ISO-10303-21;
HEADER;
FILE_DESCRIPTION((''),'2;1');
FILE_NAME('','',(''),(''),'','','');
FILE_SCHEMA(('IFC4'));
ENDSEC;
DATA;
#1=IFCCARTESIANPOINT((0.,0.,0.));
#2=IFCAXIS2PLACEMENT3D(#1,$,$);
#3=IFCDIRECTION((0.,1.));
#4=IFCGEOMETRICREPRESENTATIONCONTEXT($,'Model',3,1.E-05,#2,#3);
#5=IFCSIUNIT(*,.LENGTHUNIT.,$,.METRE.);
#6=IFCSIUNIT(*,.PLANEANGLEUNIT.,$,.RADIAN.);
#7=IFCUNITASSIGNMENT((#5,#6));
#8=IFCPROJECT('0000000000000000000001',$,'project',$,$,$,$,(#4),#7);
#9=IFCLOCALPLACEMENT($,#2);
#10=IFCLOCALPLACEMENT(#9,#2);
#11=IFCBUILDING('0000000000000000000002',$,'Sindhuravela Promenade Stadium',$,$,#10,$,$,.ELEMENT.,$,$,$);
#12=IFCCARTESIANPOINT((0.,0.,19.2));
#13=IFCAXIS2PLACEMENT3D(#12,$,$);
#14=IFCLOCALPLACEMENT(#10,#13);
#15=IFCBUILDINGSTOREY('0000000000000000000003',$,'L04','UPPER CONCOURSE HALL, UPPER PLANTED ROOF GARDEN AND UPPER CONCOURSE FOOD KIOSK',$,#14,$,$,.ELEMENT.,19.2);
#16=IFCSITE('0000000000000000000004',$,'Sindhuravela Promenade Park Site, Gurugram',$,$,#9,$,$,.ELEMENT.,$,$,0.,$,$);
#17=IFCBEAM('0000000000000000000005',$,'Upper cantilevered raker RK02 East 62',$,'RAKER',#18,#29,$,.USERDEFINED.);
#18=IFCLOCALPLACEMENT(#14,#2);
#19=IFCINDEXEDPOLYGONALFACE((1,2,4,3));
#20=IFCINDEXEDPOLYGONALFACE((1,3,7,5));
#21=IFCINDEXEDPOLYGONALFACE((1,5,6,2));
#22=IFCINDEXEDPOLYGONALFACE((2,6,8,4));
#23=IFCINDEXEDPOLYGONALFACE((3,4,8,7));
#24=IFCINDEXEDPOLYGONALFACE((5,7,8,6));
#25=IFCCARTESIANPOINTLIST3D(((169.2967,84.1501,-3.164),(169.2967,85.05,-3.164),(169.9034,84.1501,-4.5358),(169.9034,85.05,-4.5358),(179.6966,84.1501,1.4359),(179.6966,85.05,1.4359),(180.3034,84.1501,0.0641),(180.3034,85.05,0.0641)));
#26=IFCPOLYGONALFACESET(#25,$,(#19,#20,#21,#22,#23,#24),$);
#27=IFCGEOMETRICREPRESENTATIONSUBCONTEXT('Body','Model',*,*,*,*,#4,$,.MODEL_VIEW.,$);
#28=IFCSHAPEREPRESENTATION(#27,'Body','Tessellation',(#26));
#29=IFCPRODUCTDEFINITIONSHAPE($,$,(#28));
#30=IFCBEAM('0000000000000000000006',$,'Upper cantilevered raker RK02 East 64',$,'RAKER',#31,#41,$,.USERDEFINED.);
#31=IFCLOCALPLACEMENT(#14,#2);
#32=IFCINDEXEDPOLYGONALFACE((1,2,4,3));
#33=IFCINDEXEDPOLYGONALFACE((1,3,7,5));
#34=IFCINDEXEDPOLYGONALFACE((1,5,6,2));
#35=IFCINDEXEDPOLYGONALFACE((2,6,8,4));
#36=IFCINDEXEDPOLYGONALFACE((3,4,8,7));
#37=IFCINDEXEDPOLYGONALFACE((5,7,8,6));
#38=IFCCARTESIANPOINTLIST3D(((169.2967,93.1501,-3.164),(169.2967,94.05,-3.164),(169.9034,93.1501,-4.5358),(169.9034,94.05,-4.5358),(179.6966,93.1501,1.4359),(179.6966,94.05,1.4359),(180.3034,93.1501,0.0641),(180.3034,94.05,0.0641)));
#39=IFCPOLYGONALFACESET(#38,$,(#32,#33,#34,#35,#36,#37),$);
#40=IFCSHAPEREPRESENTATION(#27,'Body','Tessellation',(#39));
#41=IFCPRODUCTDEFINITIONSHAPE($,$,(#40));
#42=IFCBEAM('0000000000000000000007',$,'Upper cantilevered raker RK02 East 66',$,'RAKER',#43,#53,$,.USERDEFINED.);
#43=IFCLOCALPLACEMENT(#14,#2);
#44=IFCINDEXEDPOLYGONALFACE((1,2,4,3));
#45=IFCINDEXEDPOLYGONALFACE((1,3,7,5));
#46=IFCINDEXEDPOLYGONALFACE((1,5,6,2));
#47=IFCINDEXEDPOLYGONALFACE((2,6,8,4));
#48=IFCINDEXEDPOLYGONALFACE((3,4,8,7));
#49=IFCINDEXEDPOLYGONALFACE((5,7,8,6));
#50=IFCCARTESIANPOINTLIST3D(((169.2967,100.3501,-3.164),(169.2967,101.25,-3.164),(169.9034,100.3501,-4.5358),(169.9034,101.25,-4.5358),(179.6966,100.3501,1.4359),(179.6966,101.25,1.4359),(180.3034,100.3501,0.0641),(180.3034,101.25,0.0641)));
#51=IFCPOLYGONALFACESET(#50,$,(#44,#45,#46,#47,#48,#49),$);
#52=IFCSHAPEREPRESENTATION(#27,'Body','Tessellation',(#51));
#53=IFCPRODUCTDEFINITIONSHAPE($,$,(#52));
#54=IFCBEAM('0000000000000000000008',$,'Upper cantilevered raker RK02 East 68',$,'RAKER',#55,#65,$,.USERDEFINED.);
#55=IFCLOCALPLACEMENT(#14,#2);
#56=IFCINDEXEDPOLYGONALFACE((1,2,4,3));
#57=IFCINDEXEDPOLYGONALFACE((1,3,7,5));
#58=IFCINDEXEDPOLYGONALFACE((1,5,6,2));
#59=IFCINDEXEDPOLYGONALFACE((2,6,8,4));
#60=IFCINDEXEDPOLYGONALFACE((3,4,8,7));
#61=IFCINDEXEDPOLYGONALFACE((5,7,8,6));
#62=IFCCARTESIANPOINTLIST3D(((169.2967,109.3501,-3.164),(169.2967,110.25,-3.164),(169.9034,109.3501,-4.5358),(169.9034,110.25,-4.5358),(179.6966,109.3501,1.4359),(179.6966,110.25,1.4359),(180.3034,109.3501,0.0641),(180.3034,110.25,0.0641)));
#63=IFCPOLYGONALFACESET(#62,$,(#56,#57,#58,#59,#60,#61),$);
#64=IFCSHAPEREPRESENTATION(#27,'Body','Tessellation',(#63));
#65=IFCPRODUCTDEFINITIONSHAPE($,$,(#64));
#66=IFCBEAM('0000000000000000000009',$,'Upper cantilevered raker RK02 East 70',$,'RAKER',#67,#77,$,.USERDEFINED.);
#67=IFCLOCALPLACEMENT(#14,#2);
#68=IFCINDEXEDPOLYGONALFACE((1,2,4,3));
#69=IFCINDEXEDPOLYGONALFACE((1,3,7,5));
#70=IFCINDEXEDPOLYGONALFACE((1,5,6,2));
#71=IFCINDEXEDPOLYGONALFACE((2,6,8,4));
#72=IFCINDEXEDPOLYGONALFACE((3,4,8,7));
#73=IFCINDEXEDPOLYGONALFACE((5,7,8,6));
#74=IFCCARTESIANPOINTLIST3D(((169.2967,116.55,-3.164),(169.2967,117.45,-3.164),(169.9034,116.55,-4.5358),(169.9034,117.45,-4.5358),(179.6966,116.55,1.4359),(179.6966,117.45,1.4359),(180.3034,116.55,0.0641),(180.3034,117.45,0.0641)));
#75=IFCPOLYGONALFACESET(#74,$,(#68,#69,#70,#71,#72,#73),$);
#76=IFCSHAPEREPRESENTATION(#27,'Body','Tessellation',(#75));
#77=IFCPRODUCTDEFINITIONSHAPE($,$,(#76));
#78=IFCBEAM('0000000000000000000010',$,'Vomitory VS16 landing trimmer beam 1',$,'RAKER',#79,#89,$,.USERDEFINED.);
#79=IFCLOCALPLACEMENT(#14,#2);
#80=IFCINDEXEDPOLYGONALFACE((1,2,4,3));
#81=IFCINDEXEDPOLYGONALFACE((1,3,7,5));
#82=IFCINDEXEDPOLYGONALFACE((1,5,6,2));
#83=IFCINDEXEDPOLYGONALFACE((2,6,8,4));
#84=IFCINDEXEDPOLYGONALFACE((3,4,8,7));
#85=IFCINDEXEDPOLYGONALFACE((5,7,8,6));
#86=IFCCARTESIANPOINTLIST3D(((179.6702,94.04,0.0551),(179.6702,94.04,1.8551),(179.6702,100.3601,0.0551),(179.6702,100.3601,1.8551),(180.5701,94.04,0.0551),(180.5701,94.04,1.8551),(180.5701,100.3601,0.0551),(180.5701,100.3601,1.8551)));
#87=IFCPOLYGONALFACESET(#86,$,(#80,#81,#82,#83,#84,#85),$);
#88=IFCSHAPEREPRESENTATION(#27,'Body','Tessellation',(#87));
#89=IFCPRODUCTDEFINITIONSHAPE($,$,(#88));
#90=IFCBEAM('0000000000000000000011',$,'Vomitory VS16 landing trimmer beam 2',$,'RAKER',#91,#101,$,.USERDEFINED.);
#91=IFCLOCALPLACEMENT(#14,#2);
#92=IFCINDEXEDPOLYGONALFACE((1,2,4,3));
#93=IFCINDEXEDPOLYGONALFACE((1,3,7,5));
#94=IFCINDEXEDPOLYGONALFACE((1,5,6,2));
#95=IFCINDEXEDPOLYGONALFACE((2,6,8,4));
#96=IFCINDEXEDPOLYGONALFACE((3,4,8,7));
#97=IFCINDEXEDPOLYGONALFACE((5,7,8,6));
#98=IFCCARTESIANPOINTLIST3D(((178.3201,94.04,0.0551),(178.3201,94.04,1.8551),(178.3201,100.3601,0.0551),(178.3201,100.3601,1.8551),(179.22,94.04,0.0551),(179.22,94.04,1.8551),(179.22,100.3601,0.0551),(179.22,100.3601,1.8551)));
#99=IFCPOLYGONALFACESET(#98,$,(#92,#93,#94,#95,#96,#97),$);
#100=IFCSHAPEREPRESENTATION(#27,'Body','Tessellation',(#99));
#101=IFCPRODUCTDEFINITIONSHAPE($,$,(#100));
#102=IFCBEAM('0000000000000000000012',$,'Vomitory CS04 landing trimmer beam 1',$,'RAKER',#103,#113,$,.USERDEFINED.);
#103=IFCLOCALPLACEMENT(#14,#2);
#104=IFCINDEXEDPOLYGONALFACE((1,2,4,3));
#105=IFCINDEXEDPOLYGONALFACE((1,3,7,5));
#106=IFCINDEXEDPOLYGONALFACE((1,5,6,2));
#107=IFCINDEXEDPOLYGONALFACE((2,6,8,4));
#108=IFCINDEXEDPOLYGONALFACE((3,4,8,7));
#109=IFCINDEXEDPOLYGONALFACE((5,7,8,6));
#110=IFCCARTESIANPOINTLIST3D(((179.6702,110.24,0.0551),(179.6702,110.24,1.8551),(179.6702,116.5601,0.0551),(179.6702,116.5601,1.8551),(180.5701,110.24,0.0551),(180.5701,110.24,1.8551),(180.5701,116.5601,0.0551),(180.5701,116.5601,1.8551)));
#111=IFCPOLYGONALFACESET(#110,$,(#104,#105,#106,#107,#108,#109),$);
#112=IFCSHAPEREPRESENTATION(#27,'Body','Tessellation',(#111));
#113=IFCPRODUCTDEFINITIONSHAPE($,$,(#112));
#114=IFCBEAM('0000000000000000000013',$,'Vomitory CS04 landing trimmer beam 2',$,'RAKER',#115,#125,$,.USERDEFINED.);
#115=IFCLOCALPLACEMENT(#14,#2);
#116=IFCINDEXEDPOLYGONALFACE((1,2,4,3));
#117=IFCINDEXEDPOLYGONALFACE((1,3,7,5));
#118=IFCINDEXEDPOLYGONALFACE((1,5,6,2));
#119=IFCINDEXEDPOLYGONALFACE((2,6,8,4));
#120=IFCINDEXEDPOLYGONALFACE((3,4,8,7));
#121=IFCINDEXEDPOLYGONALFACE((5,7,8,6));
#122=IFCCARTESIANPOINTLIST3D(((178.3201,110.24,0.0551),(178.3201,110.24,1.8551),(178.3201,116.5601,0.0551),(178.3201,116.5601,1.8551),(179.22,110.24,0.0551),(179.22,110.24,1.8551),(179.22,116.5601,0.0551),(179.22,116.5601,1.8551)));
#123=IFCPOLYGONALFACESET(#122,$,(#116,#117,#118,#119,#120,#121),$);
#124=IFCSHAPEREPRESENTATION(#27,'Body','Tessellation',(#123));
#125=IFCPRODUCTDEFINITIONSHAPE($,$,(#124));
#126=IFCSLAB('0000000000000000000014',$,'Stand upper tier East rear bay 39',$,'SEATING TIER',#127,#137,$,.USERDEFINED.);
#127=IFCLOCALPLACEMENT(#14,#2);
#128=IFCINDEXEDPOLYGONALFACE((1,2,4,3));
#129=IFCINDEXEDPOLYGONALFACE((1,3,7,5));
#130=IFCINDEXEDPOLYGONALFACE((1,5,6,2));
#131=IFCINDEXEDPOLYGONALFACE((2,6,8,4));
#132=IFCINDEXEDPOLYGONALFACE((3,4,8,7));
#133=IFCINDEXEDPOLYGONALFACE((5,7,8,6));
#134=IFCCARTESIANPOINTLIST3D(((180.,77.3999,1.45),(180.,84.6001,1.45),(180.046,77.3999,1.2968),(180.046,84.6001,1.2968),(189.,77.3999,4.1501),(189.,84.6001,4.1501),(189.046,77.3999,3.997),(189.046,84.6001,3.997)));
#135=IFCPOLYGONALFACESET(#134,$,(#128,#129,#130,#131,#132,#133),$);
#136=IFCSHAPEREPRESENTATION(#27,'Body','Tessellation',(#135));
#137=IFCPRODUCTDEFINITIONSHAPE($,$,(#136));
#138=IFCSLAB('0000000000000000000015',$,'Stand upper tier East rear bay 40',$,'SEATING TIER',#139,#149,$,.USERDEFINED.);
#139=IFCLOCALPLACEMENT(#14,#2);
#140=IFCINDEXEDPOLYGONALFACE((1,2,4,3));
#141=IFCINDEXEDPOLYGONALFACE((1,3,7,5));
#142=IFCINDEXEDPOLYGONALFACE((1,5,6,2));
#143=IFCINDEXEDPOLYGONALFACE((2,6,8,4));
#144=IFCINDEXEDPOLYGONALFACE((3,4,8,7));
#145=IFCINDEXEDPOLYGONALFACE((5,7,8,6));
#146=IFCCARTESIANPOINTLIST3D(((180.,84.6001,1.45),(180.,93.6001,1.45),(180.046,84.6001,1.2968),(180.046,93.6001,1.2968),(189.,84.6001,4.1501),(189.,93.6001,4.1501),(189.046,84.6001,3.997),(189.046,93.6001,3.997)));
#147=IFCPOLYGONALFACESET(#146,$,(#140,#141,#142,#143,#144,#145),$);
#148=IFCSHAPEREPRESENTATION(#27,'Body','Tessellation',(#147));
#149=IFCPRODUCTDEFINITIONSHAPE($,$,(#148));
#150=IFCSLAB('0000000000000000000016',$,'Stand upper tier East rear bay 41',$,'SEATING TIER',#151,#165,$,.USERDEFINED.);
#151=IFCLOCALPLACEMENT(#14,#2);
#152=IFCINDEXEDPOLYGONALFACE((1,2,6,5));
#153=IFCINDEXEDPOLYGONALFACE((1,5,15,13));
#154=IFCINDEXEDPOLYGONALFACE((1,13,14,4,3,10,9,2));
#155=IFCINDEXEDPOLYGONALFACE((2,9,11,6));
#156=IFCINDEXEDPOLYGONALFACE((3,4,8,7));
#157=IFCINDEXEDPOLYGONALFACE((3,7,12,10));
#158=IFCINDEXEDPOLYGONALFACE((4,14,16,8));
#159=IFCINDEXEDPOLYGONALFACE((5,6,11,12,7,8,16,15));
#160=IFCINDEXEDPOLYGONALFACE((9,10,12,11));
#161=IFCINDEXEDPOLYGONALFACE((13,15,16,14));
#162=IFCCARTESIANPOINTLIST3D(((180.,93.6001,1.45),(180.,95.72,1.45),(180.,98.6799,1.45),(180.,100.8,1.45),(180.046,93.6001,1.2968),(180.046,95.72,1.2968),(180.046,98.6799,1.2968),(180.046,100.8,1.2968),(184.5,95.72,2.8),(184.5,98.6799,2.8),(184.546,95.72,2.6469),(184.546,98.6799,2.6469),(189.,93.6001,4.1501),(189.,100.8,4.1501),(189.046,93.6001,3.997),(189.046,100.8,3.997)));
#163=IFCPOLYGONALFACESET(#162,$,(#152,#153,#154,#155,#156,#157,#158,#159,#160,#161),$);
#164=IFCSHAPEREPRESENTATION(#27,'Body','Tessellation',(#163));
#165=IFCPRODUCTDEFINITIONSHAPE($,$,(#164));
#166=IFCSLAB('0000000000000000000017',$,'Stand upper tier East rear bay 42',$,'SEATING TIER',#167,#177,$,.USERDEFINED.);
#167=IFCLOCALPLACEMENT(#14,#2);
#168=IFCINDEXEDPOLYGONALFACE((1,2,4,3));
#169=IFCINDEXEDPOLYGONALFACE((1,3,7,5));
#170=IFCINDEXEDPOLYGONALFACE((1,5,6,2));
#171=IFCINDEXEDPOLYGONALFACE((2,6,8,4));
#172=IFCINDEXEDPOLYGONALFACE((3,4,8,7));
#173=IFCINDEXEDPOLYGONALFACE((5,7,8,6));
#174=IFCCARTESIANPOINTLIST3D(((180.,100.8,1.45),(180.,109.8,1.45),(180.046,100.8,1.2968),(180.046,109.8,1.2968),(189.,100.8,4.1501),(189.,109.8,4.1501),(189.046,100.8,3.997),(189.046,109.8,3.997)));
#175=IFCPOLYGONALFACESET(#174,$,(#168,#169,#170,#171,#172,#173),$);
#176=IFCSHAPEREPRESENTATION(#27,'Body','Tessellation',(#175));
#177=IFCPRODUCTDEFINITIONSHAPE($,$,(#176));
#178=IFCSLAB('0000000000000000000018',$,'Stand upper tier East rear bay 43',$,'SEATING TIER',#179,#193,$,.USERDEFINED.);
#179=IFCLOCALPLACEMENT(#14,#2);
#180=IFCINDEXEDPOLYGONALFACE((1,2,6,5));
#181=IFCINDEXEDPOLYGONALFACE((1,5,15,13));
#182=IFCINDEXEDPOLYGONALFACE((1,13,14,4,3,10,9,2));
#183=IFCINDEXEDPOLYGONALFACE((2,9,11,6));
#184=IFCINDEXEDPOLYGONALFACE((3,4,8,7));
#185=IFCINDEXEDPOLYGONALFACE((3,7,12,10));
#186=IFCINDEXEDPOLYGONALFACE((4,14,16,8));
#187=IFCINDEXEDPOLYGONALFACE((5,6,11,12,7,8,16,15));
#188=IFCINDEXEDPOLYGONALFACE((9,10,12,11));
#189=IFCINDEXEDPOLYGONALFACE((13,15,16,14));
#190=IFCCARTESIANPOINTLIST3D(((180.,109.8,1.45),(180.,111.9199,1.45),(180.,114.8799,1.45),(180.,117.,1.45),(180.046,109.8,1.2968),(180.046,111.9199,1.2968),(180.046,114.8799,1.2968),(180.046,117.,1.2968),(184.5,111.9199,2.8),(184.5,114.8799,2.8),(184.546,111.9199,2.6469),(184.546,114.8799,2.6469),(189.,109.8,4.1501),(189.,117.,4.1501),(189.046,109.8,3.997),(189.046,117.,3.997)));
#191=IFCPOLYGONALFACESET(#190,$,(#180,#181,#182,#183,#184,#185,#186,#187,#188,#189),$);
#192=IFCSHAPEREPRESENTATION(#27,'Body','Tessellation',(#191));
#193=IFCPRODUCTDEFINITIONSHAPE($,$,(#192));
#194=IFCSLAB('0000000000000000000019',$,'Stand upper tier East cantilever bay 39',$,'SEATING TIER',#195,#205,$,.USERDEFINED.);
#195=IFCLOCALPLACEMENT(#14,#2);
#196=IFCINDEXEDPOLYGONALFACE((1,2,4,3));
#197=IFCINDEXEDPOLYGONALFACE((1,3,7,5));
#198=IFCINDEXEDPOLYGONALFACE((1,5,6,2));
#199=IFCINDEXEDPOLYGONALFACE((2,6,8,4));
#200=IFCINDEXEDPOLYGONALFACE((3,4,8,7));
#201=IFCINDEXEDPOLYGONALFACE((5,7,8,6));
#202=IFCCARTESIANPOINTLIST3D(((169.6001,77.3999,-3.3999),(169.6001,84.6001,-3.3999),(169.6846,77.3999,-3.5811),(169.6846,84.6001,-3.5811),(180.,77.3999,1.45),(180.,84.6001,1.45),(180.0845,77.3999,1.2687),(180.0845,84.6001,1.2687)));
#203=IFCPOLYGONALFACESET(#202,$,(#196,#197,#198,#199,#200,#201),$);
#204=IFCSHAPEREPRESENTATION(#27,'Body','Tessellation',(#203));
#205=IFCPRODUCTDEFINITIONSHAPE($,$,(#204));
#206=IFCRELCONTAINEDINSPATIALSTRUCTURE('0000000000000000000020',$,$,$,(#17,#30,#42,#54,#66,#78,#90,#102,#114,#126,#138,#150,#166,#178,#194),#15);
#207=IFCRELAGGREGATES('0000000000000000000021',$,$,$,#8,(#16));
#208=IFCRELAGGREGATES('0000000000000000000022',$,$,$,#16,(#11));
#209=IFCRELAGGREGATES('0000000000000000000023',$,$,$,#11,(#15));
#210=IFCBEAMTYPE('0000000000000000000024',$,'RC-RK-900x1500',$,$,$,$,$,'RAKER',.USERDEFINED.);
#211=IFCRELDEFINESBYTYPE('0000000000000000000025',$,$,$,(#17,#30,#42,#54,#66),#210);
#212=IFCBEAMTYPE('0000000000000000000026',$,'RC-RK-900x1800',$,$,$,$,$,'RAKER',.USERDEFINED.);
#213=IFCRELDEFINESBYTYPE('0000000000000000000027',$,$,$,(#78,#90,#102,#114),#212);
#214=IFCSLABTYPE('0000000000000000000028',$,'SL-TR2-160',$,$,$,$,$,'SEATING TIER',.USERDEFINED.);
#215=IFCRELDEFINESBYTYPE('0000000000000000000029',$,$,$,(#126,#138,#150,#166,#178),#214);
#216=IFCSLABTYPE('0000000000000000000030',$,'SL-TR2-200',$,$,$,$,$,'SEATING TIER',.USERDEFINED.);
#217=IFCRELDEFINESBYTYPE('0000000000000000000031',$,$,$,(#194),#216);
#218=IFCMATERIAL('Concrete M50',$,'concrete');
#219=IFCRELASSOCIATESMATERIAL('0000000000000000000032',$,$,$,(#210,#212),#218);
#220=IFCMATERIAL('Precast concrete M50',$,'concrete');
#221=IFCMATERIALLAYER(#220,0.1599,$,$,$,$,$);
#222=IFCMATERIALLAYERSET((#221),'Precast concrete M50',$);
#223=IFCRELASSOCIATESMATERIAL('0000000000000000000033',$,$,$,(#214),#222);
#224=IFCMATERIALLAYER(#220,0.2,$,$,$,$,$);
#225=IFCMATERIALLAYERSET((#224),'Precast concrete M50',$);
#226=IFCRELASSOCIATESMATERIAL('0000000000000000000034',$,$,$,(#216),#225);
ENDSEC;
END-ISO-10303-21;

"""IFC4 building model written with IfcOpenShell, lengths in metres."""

from ifc_helpers import new_model, si_unit, direction, frame, origin, origin_2d, place, context, subcontext, project, spatial, polyline, rectangle, outline, extrude, material, layer, layer_set, material_profile, profile_set, type_object, element, save


model = new_model("IFC4")

# Units and contexts
model_context = context("Model", 3, precision=1e-05, world=origin(), true_north=direction((0.0, 1.0)))
body_context = subcontext(model_context, "Body", "Model", "MODEL_VIEW")
ifc_project = project(units=[si_unit("LENGTHUNIT", "METRE"), si_unit("PLANEANGLEUNIT", "RADIAN")], contexts=[model_context])

# Site, building, storey
site_placement = place(None, origin())
site = spatial("IfcSite", under=ifc_project, at=site_placement, Name="Sindhuravela Promenade Park Site, Gurugram", CompositionType="ELEMENT", RefElevation=0.0)
building_placement = place(site_placement, origin())
building = spatial("IfcBuilding", under=site, at=building_placement, Name="Sindhuravela Promenade Stadium", CompositionType="ELEMENT")
storey_placement = place(building_placement, frame((0.0, 0.0, 19.2)))
storey = spatial("IfcBuildingStorey", under=building, at=storey_placement, Name="L04", Description="UPPER CONCOURSE HALL, UPPER PLANTED ROOF GARDEN AND UPPER CONCOURSE FOOD KIOSK", CompositionType="ELEMENT", Elevation=19.2)

# Beams
ifc_material_1 = material(Name="Concrete M50", Category="concrete")
ifc_material_profile_1 = material_profile(ifc_material_1, rectangle(XDim=0.8999, YDim=1.5, at=origin_2d()), Name="RC 900x1500")
ifc_profile_set_1 = profile_set([ifc_material_profile_1], Name="Concrete M50")
beam_type_1 = type_object("IfcBeamType", Name="RC-RK-900x1500", ElementType="RAKER", PredefinedType="USERDEFINED", material=ifc_profile_set_1)
for number, where, z_axis, x_axis, name in (
    (1, (180.0, 84.6001, 0.75), (-0.914539, 0.0, -0.404498), (0.0, -1.0, 0.0), "Upper cantilevered raker RK02 East 62"),
    (2, (180.0, 93.6001, 0.75), (-0.914539, 0.0, -0.404498), (0.0, -1.0, 0.0), "Upper cantilevered raker RK02 East 64"),
    (3, (180.0, 100.8, 0.75), (-0.914539, 0.0, -0.404498), (0.0, -1.0, 0.0), "Upper cantilevered raker RK02 East 66"),
    (4, (180.0, 109.8, 0.75), (-0.914539, 0.0, -0.404498), (0.0, -1.0, 0.0), "Upper cantilevered raker RK02 East 68"),
    (5, (180.0, 117.0, 0.75), (-0.914539, 0.0, -0.404498), (0.0, -1.0, 0.0), "Upper cantilevered raker RK02 East 70"),
):
    element("IfcBeam", number, at=place(storey_placement, frame(where, z_axis=z_axis, x_axis=x_axis)), inside=storey, type_object=beam_type_1, Name=name, ObjectType="RAKER", PredefinedType="USERDEFINED", context=body_context, shape_type="SweptSolid", body=[
        extrude(rectangle(XDim=0.8999, YDim=1.5, at=origin_2d()), origin(), (0.0, 0.0, 1.0), 11.3718),
    ])
ifc_material_profile_2 = material_profile(ifc_material_1, rectangle(XDim=0.8999, YDim=1.8, at=origin_2d()), Name="RC 900x1800")
ifc_profile_set_2 = profile_set([ifc_material_profile_2], Name="Concrete M50")
beam_type_2 = type_object("IfcBeamType", Name="RC-RK-900x1800", ElementType="RAKER", PredefinedType="USERDEFINED", material=ifc_profile_set_2)
for number, where, z_axis, x_axis, name in (
    (6, (180.1201, 94.04, 0.9551), (0.0, 1.0, 0.0), (-1.0, 0.0, 0.0), "Vomitory VS16 landing trimmer beam 1"),
    (7, (178.77, 94.04, 0.9551), (0.0, 1.0, 0.0), (-1.0, 0.0, 0.0), "Vomitory VS16 landing trimmer beam 2"),
    (8, (180.1201, 110.24, 0.9551), (0.0, 1.0, 0.0), (-1.0, 0.0, 0.0), "Vomitory CS04 landing trimmer beam 1"),
    (9, (178.77, 110.24, 0.9551), (0.0, 1.0, 0.0), (-1.0, 0.0, 0.0), "Vomitory CS04 landing trimmer beam 2"),
):
    element("IfcBeam", number, at=place(storey_placement, frame(where, z_axis=z_axis, x_axis=x_axis)), inside=storey, type_object=beam_type_2, Name=name, ObjectType="RAKER", PredefinedType="USERDEFINED", context=body_context, shape_type="SweptSolid", body=[
        extrude(rectangle(XDim=0.8999, YDim=1.8, at=origin_2d()), origin(), (0.0, 0.0, 1.0), 6.3201),
    ])

# Slabs
ifc_material_2 = material(Name="Precast concrete M50", Category="concrete")
ifc_layer_1 = layer(ifc_material_2, 0.1599)
ifc_layer_set_1 = layer_set([ifc_layer_1], Name="Precast concrete M50")
slab_type_1 = type_object("IfcSlabType", Name="SL-TR2-160", ElementType="SEATING TIER", PredefinedType="USERDEFINED", material=ifc_layer_set_1)
slab_1_placement = place(storey_placement, frame((180.0, 84.6001, 1.45), z_axis=(-0.287367, 0.0, 0.957821), x_axis=(0.0, -1.0, 0.0)))
element("IfcSlab", 10, at=slab_1_placement, inside=storey, type_object=slab_type_1, Name="Stand upper tier East rear bay 39", ObjectType="SEATING TIER", PredefinedType="USERDEFINED", context=body_context, shape_type="SweptSolid", body=[
    extrude(outline(polyline([(0.0, 0.0), (7.2002, 0.0), (7.2002, 9.3963), (0.0, 9.3963), (0.0, 0.0)])), origin(), (0.0, 0.0, -1.0), 0.1599),
])
slab_2_placement = place(storey_placement, frame((180.0, 93.6001, 1.45), z_axis=(-0.287367, 0.0, 0.957821), x_axis=(0.0, -1.0, 0.0)))
element("IfcSlab", 11, at=slab_2_placement, inside=storey, type_object=slab_type_1, Name="Stand upper tier East rear bay 40", ObjectType="SEATING TIER", PredefinedType="USERDEFINED", context=body_context, shape_type="SweptSolid", body=[
    extrude(outline(polyline([(0.0, 0.0), (9.0, 0.0), (9.0, 9.3963), (0.0, 9.3963), (0.0, 0.0)])), origin(), (0.0, 0.0, -1.0), 0.1599),
])
slab_3_placement = place(storey_placement, frame((180.0, 100.8, 1.45), z_axis=(-0.287367, 0.0, 0.957821), x_axis=(0.0, -1.0, 0.0)))
element("IfcSlab", 12, at=slab_3_placement, inside=storey, type_object=slab_type_1, Name="Stand upper tier East rear bay 41", ObjectType="SEATING TIER", PredefinedType="USERDEFINED", context=body_context, shape_type="SweptSolid", body=[
    extrude(outline(polyline([(0.0, 0.0), (2.1201, 0.0), (2.1201, 4.6982), (5.0801, 4.6982), (5.0801, 0.0), (7.2, 0.0), (7.2, 9.3963), (0.0, 9.3963), (0.0, 0.0)])), origin(), (0.0, 0.0, -1.0), 0.1599),
])
slab_4_placement = place(storey_placement, frame((180.0, 109.8, 1.45), z_axis=(-0.287367, 0.0, 0.957821), x_axis=(0.0, -1.0, 0.0)))
element("IfcSlab", 13, at=slab_4_placement, inside=storey, type_object=slab_type_1, Name="Stand upper tier East rear bay 42", ObjectType="SEATING TIER", PredefinedType="USERDEFINED", context=body_context, shape_type="SweptSolid", body=[
    extrude(outline(polyline([(0.0, 0.0), (9.0, 0.0), (9.0, 9.3963), (0.0, 9.3963), (0.0, 0.0)])), origin(), (0.0, 0.0, -1.0), 0.1599),
])
slab_5_placement = place(storey_placement, frame((180.0, 117.0, 1.45), z_axis=(-0.287367, 0.0, 0.957821), x_axis=(0.0, -1.0, 0.0)))
element("IfcSlab", 14, at=slab_5_placement, inside=storey, type_object=slab_type_1, Name="Stand upper tier East rear bay 43", ObjectType="SEATING TIER", PredefinedType="USERDEFINED", context=body_context, shape_type="SweptSolid", body=[
    extrude(outline(polyline([(0.0, 0.0), (2.1201, 0.0), (2.1201, 4.6982), (5.0801, 4.6982), (5.0801, 0.0), (7.2, 0.0), (7.2, 9.3963), (0.0, 9.3963), (0.0, 0.0)])), origin(), (0.0, 0.0, -1.0), 0.1599),
])
ifc_layer_2 = layer(ifc_material_2, 0.2)
ifc_layer_set_2 = layer_set([ifc_layer_2], Name="Precast concrete M50")
slab_type_2 = type_object("IfcSlabType", Name="SL-TR2-200", ElementType="SEATING TIER", PredefinedType="USERDEFINED", material=ifc_layer_set_2)
slab_6_placement = place(storey_placement, frame((169.6001, 84.6001, -3.3999), z_axis=(-0.42264, 0.0, 0.906298), x_axis=(0.0, -1.0, 0.0)))
element("IfcSlab", 15, at=slab_6_placement, inside=storey, type_object=slab_type_2, Name="Stand upper tier East cantilever bay 39", ObjectType="SEATING TIER", PredefinedType="USERDEFINED", context=body_context, shape_type="SweptSolid", body=[
    extrude(outline(polyline([(0.0, 0.0), (7.2002, 0.0), (7.2002, 11.4751), (0.0, 11.4751), (0.0, 0.0)])), origin(), (0.0, 0.0, -1.0), 0.2),
])

save(model, "model.ifc")
